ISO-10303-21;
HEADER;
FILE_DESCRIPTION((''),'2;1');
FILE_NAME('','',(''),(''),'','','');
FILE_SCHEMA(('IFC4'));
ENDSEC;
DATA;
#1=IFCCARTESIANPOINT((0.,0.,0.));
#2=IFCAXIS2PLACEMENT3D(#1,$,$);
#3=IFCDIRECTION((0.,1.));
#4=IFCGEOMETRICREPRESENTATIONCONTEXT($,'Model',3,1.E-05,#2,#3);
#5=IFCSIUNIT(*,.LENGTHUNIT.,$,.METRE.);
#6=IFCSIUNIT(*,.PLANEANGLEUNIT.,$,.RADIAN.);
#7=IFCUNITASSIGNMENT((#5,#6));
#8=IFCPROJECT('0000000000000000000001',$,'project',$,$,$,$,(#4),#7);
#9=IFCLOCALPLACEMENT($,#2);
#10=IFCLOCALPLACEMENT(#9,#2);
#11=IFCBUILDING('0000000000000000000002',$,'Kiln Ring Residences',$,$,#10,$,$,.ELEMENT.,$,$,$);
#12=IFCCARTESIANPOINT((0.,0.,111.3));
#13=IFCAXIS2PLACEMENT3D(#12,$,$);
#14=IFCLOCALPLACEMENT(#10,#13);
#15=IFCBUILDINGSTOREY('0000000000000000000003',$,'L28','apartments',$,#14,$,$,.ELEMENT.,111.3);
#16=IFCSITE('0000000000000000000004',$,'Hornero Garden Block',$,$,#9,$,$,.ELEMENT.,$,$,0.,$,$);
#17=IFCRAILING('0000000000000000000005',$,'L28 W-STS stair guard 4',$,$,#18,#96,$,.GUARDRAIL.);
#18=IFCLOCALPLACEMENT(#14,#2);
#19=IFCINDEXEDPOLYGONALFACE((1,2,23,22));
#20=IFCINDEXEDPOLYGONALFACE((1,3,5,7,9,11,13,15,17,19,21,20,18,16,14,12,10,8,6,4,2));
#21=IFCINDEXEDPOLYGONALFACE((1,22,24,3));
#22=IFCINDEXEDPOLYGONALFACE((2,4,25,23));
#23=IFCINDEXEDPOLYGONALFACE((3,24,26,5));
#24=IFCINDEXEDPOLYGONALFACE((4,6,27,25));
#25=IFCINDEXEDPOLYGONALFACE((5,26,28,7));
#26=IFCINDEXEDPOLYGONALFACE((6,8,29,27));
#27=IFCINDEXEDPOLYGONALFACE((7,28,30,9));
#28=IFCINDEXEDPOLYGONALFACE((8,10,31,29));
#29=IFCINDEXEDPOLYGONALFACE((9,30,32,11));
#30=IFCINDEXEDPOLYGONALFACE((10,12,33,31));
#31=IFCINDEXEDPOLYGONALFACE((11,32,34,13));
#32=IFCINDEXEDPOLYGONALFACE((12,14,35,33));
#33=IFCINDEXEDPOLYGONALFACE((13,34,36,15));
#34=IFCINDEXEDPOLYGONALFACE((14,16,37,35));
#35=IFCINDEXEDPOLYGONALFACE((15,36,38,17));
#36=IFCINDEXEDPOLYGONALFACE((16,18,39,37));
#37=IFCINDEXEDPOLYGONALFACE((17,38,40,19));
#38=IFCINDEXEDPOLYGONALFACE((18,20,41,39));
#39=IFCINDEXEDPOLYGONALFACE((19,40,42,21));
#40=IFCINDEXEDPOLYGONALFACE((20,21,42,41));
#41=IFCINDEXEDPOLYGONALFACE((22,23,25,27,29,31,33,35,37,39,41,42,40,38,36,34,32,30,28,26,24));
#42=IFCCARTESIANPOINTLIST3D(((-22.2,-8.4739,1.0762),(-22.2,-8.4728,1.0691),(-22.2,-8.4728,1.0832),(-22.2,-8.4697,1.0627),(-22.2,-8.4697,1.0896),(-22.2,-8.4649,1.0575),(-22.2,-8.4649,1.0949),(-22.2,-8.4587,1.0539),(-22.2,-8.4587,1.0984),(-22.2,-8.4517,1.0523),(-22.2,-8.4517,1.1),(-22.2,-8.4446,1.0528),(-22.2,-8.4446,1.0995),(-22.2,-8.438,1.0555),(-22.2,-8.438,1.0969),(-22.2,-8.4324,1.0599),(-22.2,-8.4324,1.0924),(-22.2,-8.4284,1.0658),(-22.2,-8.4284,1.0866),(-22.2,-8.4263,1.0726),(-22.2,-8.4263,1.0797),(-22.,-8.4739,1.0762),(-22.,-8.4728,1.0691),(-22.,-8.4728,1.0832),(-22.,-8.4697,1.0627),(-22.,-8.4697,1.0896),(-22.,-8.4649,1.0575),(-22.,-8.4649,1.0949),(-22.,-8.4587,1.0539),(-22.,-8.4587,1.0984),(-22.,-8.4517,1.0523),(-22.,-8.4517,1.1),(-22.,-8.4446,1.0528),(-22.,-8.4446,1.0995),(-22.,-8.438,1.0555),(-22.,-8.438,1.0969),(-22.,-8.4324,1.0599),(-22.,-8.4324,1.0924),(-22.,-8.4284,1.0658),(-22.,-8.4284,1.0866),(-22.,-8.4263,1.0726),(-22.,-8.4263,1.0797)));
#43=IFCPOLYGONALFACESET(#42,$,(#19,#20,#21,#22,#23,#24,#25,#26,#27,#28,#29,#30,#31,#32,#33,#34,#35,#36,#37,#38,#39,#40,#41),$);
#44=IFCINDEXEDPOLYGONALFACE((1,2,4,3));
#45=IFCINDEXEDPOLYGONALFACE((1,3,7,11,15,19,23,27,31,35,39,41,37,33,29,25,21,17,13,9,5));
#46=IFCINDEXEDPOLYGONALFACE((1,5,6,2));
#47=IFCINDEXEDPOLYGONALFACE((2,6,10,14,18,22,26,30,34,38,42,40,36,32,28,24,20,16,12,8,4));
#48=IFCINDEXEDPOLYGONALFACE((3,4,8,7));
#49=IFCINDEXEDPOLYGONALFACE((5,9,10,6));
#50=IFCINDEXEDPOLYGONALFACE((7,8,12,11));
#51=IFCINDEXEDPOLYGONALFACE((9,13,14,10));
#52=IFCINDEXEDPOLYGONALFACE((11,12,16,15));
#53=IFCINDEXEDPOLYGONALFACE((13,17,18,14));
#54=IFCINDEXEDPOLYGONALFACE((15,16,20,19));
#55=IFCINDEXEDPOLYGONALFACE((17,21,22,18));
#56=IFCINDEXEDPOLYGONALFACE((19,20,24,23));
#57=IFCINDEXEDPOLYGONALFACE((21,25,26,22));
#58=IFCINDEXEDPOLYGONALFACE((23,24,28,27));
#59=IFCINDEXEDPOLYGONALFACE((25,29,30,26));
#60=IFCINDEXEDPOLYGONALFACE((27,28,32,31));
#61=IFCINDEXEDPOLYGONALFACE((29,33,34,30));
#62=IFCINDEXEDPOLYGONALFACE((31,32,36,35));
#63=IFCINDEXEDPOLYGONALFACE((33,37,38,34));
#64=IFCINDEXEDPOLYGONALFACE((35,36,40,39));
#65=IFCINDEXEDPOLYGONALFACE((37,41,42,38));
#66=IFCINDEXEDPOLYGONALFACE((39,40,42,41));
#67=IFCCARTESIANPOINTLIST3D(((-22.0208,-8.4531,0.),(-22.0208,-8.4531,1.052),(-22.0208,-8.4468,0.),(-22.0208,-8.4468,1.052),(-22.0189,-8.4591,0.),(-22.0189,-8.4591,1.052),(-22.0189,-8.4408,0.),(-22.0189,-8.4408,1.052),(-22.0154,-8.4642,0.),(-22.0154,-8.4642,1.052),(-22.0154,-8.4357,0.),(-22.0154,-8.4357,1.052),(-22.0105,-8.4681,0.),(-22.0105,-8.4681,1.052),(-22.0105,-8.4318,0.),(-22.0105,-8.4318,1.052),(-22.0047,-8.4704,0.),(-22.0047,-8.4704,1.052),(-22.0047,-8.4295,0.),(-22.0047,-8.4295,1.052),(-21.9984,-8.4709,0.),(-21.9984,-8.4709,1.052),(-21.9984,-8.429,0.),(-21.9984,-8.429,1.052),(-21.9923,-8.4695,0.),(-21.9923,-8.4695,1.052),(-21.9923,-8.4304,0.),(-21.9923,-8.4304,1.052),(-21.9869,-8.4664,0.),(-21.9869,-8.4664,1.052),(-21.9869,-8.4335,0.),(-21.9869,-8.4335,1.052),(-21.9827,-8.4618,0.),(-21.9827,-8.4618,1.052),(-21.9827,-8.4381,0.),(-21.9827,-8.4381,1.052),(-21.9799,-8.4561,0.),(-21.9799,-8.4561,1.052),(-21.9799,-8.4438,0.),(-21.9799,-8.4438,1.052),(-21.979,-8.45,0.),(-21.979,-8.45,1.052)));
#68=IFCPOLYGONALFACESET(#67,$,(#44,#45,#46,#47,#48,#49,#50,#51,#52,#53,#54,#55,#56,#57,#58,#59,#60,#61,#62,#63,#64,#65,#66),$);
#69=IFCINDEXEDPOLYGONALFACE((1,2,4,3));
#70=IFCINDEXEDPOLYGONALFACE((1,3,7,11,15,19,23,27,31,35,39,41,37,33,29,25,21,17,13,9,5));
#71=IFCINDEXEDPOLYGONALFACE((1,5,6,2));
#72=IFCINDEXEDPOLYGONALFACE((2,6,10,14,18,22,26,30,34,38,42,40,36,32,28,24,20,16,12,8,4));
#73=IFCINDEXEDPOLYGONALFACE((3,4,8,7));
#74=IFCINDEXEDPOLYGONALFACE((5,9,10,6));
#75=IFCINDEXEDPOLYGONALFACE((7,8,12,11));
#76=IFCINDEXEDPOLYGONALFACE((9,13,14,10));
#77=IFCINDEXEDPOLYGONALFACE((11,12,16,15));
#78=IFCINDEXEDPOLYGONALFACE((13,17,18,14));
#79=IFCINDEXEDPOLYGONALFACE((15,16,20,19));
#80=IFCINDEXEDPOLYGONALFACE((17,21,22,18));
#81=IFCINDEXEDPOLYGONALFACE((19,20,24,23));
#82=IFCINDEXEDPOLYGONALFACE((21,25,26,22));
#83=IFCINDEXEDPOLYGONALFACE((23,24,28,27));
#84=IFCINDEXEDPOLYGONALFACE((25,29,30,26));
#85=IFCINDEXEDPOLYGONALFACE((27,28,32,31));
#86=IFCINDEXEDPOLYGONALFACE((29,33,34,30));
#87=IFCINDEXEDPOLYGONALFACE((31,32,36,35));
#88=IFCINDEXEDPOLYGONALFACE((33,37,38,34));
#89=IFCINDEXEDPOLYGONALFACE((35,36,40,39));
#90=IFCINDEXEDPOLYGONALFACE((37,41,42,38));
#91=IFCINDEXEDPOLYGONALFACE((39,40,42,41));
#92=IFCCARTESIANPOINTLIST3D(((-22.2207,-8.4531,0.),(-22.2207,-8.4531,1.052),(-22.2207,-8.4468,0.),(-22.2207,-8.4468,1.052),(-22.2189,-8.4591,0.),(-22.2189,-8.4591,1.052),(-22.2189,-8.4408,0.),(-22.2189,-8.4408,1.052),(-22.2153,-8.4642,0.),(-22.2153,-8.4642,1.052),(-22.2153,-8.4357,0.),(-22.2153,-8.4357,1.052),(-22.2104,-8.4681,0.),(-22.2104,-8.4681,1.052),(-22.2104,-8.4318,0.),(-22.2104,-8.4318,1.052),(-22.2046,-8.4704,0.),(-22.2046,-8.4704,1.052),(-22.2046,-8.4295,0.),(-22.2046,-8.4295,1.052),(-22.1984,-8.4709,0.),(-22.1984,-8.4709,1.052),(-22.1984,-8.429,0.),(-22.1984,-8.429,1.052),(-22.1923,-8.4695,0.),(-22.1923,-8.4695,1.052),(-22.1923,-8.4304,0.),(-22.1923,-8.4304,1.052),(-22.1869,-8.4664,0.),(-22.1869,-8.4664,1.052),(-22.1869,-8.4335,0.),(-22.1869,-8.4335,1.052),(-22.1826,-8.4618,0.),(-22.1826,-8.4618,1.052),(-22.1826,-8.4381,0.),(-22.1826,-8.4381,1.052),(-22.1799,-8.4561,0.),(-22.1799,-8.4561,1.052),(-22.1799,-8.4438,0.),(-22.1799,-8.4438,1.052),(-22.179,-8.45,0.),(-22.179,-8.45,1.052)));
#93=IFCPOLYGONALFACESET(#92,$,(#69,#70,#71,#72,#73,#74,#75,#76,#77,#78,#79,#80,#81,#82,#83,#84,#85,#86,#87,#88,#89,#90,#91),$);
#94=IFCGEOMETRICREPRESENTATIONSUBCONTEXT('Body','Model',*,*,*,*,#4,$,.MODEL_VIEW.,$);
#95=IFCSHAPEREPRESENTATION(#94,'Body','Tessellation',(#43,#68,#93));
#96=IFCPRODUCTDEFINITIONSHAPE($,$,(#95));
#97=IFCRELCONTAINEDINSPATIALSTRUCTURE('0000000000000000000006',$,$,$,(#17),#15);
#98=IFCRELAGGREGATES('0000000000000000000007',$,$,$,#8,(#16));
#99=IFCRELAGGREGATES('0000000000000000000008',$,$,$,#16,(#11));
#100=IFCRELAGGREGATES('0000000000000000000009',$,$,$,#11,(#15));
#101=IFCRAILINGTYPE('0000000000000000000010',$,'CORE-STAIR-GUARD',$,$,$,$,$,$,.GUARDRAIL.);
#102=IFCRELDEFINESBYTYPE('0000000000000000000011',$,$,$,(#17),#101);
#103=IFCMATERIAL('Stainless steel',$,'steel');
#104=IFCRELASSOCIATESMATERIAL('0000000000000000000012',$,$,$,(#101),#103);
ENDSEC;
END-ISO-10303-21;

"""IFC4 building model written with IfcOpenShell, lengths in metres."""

from ifc_helpers import new_model, si_unit, direction, frame, origin, origin_2d, place, context, subcontext, project, spatial, circle, extrude, material, type_object, element, save


model = new_model("IFC4")

# Units and contexts
model_context = context("Model", 3, precision=1e-05, world=origin(), true_north=direction((0.0, 1.0)))
body_context = subcontext(model_context, "Body", "Model", "MODEL_VIEW")
ifc_project = project(units=[si_unit("LENGTHUNIT", "METRE"), si_unit("PLANEANGLEUNIT", "RADIAN")], contexts=[model_context])

# Site, building, storey
site_placement = place(None, origin())
site = spatial("IfcSite", under=ifc_project, at=site_placement, Name="Hornero Garden Block", CompositionType="ELEMENT", RefElevation=0.0)
building_placement = place(site_placement, origin())
building = spatial("IfcBuilding", under=site, at=building_placement, Name="Kiln Ring Residences", CompositionType="ELEMENT")
storey_placement = place(building_placement, frame((0.0, 0.0, 111.3)))
storey = spatial("IfcBuildingStorey", under=building, at=storey_placement, Name="L28", Description="apartments", CompositionType="ELEMENT", Elevation=111.3)

# Railing
ifc_material_1 = material(Name="Stainless steel", Category="steel")
railing_type_1 = type_object("IfcRailingType", Name="CORE-STAIR-GUARD", PredefinedType="GUARDRAIL", material=ifc_material_1)
railing_1_placement = place(storey_placement, frame((-22.0, -8.45, 0.0)))
element("IfcRailing", 1, at=railing_1_placement, inside=storey, type_object=railing_type_1, Name="L28 W-STS stair guard 4", PredefinedType="GUARDRAIL", context=body_context, shape_type="SweptSolid", body=[
    extrude(circle(Radius=0.0239, at=origin_2d()), frame((0.0, 0.0, 1.0762), z_axis=(-1.0, 0.0, 0.0), x_axis=(0.0, -1.0, 0.0)), (0.0, 0.0, 1.0), 0.2),
    extrude(circle(Radius=0.021, at=origin_2d()), origin(), (0.0, 0.0, 1.0), 1.052),
    extrude(circle(Radius=0.021, at=origin_2d()), frame((-0.2, 0.0, 0.0)), (0.0, 0.0, 1.0), 1.052),
])

save(model, "model.ifc")
